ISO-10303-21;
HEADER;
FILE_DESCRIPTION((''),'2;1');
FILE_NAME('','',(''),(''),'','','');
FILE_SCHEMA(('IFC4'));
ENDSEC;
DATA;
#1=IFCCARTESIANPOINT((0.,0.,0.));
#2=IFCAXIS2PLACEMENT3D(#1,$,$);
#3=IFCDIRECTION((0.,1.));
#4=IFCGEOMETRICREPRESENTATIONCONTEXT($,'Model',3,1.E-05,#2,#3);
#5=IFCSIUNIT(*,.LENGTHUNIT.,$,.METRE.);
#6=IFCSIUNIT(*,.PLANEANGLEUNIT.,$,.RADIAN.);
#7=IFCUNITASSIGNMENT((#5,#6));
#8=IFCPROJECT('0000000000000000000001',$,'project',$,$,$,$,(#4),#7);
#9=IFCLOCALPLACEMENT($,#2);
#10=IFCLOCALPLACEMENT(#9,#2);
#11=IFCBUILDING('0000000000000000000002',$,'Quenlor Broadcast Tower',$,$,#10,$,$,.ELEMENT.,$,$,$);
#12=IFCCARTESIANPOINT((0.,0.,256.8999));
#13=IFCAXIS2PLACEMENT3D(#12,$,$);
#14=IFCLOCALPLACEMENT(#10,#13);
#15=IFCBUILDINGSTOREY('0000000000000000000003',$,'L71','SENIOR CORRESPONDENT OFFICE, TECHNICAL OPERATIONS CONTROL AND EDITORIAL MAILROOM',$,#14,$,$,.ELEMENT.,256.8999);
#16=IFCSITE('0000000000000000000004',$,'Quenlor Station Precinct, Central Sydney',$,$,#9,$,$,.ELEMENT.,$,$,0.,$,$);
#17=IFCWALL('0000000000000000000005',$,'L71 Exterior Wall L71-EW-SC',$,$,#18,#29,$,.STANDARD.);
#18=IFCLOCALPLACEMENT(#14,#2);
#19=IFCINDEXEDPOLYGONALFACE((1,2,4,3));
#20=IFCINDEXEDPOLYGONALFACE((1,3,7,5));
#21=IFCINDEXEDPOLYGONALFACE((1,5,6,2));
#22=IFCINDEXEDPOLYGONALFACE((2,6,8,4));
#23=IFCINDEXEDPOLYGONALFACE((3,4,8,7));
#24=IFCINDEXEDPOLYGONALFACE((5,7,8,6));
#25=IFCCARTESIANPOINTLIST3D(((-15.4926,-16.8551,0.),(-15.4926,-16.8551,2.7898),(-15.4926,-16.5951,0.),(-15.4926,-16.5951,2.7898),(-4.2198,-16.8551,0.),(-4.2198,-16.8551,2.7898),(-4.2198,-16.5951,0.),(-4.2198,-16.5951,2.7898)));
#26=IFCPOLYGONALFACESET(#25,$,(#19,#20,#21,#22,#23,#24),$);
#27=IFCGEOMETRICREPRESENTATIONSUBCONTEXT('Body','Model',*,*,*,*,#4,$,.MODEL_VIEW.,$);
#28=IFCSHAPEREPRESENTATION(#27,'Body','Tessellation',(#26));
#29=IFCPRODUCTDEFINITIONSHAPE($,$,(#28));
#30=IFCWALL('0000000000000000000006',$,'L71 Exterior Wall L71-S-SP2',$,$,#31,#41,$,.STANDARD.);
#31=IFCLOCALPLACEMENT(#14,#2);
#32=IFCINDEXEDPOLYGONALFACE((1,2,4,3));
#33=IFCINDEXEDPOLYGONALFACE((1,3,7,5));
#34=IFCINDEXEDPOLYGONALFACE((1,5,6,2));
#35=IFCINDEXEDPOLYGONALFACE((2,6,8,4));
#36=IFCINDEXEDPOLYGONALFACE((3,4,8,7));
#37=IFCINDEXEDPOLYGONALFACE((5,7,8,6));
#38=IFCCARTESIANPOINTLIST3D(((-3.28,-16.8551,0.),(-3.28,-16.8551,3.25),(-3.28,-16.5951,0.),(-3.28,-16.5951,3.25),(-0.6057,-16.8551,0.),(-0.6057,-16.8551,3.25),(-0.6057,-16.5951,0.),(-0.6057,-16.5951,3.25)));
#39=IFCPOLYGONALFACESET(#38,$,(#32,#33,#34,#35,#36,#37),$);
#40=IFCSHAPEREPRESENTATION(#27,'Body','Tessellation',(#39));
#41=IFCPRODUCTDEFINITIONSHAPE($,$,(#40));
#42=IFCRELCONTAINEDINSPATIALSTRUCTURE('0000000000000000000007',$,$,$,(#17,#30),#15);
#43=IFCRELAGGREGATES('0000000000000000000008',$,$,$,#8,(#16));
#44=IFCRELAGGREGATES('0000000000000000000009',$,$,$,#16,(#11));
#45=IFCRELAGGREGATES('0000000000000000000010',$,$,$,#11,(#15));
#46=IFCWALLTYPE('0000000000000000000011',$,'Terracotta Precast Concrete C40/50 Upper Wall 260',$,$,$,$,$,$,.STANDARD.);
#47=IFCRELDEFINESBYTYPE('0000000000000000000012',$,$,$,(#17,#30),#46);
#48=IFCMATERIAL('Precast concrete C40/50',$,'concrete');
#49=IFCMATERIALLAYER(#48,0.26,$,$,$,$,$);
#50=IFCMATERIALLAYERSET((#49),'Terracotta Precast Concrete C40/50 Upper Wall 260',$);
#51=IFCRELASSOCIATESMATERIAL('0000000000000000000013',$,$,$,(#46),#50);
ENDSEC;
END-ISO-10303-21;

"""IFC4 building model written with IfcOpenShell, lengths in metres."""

from ifc_helpers import new_model, si_unit, direction, frame, frame_2d, origin, place, context, subcontext, project, spatial, rectangle, extrude, material, layer, layer_set, type_object, element, save


model = new_model("IFC4")

# Units and contexts
model_context = context("Model", 3, precision=1e-05, world=origin(), true_north=direction((0.0, 1.0)))
body_context = subcontext(model_context, "Body", "Model", "MODEL_VIEW")
ifc_project = project(units=[si_unit("LENGTHUNIT", "METRE"), si_unit("PLANEANGLEUNIT", "RADIAN")], contexts=[model_context])

# Site, building, storey
site_placement = place(None, origin())
site = spatial("IfcSite", under=ifc_project, at=site_placement, Name="Quenlor Station Precinct, Central Sydney", CompositionType="ELEMENT", RefElevation=0.0)
building_placement = place(site_placement, origin())
building = spatial("IfcBuilding", under=site, at=building_placement, Name="Quenlor Broadcast Tower", CompositionType="ELEMENT")
storey_placement = place(building_placement, frame((0.0, 0.0, 256.8999)))
storey = spatial("IfcBuildingStorey", under=building, at=storey_placement, Name="L71", Description="SENIOR CORRESPONDENT OFFICE, TECHNICAL OPERATIONS CONTROL AND EDITORIAL MAILROOM", CompositionType="ELEMENT", Elevation=256.8999)

# Walls
ifc_material_1 = material(Name="Precast concrete C40/50", Category="concrete")
ifc_layer_1 = layer(ifc_material_1, 0.26)
ifc_layer_set_1 = layer_set([ifc_layer_1], Name="Terracotta Precast Concrete C40/50 Upper Wall 260")
wall_type_1 = type_object("IfcWallType", Name="Terracotta Precast Concrete C40/50 Upper Wall 260", PredefinedType="STANDARD", material=ifc_layer_set_1)
wall_1_placement = place(storey_placement, frame((-4.22, -16.7251, 0.0), z_axis=(0.0, 0.0, 1.0), x_axis=(-1.0, 0.0, 0.0)))
element("IfcWall", 1, at=wall_1_placement, inside=storey, type_object=wall_type_1, Name="L71 Exterior Wall L71-EW-SC", PredefinedType="STANDARD", context=body_context, shape_type="SweptSolid", body=[
    extrude(rectangle(XDim=11.2727, YDim=0.26, at=frame_2d((5.6362, 0.0))), origin(), (0.0, 0.0, 1.0), 2.7898),
])
wall_2_placement = place(storey_placement, frame((-0.6057, -16.7251, 0.0), z_axis=(0.0, 0.0, 1.0), x_axis=(-1.0, 0.0, 0.0)))
element("IfcWall", 2, at=wall_2_placement, inside=storey, type_object=wall_type_1, Name="L71 Exterior Wall L71-S-SP2", PredefinedType="STANDARD", context=body_context, shape_type="SweptSolid", body=[
    extrude(rectangle(XDim=2.6743, YDim=0.26, at=frame_2d((1.3372, 0.0))), origin(), (0.0, 0.0, 1.0), 3.25),
])

save(model, "model.ifc")
